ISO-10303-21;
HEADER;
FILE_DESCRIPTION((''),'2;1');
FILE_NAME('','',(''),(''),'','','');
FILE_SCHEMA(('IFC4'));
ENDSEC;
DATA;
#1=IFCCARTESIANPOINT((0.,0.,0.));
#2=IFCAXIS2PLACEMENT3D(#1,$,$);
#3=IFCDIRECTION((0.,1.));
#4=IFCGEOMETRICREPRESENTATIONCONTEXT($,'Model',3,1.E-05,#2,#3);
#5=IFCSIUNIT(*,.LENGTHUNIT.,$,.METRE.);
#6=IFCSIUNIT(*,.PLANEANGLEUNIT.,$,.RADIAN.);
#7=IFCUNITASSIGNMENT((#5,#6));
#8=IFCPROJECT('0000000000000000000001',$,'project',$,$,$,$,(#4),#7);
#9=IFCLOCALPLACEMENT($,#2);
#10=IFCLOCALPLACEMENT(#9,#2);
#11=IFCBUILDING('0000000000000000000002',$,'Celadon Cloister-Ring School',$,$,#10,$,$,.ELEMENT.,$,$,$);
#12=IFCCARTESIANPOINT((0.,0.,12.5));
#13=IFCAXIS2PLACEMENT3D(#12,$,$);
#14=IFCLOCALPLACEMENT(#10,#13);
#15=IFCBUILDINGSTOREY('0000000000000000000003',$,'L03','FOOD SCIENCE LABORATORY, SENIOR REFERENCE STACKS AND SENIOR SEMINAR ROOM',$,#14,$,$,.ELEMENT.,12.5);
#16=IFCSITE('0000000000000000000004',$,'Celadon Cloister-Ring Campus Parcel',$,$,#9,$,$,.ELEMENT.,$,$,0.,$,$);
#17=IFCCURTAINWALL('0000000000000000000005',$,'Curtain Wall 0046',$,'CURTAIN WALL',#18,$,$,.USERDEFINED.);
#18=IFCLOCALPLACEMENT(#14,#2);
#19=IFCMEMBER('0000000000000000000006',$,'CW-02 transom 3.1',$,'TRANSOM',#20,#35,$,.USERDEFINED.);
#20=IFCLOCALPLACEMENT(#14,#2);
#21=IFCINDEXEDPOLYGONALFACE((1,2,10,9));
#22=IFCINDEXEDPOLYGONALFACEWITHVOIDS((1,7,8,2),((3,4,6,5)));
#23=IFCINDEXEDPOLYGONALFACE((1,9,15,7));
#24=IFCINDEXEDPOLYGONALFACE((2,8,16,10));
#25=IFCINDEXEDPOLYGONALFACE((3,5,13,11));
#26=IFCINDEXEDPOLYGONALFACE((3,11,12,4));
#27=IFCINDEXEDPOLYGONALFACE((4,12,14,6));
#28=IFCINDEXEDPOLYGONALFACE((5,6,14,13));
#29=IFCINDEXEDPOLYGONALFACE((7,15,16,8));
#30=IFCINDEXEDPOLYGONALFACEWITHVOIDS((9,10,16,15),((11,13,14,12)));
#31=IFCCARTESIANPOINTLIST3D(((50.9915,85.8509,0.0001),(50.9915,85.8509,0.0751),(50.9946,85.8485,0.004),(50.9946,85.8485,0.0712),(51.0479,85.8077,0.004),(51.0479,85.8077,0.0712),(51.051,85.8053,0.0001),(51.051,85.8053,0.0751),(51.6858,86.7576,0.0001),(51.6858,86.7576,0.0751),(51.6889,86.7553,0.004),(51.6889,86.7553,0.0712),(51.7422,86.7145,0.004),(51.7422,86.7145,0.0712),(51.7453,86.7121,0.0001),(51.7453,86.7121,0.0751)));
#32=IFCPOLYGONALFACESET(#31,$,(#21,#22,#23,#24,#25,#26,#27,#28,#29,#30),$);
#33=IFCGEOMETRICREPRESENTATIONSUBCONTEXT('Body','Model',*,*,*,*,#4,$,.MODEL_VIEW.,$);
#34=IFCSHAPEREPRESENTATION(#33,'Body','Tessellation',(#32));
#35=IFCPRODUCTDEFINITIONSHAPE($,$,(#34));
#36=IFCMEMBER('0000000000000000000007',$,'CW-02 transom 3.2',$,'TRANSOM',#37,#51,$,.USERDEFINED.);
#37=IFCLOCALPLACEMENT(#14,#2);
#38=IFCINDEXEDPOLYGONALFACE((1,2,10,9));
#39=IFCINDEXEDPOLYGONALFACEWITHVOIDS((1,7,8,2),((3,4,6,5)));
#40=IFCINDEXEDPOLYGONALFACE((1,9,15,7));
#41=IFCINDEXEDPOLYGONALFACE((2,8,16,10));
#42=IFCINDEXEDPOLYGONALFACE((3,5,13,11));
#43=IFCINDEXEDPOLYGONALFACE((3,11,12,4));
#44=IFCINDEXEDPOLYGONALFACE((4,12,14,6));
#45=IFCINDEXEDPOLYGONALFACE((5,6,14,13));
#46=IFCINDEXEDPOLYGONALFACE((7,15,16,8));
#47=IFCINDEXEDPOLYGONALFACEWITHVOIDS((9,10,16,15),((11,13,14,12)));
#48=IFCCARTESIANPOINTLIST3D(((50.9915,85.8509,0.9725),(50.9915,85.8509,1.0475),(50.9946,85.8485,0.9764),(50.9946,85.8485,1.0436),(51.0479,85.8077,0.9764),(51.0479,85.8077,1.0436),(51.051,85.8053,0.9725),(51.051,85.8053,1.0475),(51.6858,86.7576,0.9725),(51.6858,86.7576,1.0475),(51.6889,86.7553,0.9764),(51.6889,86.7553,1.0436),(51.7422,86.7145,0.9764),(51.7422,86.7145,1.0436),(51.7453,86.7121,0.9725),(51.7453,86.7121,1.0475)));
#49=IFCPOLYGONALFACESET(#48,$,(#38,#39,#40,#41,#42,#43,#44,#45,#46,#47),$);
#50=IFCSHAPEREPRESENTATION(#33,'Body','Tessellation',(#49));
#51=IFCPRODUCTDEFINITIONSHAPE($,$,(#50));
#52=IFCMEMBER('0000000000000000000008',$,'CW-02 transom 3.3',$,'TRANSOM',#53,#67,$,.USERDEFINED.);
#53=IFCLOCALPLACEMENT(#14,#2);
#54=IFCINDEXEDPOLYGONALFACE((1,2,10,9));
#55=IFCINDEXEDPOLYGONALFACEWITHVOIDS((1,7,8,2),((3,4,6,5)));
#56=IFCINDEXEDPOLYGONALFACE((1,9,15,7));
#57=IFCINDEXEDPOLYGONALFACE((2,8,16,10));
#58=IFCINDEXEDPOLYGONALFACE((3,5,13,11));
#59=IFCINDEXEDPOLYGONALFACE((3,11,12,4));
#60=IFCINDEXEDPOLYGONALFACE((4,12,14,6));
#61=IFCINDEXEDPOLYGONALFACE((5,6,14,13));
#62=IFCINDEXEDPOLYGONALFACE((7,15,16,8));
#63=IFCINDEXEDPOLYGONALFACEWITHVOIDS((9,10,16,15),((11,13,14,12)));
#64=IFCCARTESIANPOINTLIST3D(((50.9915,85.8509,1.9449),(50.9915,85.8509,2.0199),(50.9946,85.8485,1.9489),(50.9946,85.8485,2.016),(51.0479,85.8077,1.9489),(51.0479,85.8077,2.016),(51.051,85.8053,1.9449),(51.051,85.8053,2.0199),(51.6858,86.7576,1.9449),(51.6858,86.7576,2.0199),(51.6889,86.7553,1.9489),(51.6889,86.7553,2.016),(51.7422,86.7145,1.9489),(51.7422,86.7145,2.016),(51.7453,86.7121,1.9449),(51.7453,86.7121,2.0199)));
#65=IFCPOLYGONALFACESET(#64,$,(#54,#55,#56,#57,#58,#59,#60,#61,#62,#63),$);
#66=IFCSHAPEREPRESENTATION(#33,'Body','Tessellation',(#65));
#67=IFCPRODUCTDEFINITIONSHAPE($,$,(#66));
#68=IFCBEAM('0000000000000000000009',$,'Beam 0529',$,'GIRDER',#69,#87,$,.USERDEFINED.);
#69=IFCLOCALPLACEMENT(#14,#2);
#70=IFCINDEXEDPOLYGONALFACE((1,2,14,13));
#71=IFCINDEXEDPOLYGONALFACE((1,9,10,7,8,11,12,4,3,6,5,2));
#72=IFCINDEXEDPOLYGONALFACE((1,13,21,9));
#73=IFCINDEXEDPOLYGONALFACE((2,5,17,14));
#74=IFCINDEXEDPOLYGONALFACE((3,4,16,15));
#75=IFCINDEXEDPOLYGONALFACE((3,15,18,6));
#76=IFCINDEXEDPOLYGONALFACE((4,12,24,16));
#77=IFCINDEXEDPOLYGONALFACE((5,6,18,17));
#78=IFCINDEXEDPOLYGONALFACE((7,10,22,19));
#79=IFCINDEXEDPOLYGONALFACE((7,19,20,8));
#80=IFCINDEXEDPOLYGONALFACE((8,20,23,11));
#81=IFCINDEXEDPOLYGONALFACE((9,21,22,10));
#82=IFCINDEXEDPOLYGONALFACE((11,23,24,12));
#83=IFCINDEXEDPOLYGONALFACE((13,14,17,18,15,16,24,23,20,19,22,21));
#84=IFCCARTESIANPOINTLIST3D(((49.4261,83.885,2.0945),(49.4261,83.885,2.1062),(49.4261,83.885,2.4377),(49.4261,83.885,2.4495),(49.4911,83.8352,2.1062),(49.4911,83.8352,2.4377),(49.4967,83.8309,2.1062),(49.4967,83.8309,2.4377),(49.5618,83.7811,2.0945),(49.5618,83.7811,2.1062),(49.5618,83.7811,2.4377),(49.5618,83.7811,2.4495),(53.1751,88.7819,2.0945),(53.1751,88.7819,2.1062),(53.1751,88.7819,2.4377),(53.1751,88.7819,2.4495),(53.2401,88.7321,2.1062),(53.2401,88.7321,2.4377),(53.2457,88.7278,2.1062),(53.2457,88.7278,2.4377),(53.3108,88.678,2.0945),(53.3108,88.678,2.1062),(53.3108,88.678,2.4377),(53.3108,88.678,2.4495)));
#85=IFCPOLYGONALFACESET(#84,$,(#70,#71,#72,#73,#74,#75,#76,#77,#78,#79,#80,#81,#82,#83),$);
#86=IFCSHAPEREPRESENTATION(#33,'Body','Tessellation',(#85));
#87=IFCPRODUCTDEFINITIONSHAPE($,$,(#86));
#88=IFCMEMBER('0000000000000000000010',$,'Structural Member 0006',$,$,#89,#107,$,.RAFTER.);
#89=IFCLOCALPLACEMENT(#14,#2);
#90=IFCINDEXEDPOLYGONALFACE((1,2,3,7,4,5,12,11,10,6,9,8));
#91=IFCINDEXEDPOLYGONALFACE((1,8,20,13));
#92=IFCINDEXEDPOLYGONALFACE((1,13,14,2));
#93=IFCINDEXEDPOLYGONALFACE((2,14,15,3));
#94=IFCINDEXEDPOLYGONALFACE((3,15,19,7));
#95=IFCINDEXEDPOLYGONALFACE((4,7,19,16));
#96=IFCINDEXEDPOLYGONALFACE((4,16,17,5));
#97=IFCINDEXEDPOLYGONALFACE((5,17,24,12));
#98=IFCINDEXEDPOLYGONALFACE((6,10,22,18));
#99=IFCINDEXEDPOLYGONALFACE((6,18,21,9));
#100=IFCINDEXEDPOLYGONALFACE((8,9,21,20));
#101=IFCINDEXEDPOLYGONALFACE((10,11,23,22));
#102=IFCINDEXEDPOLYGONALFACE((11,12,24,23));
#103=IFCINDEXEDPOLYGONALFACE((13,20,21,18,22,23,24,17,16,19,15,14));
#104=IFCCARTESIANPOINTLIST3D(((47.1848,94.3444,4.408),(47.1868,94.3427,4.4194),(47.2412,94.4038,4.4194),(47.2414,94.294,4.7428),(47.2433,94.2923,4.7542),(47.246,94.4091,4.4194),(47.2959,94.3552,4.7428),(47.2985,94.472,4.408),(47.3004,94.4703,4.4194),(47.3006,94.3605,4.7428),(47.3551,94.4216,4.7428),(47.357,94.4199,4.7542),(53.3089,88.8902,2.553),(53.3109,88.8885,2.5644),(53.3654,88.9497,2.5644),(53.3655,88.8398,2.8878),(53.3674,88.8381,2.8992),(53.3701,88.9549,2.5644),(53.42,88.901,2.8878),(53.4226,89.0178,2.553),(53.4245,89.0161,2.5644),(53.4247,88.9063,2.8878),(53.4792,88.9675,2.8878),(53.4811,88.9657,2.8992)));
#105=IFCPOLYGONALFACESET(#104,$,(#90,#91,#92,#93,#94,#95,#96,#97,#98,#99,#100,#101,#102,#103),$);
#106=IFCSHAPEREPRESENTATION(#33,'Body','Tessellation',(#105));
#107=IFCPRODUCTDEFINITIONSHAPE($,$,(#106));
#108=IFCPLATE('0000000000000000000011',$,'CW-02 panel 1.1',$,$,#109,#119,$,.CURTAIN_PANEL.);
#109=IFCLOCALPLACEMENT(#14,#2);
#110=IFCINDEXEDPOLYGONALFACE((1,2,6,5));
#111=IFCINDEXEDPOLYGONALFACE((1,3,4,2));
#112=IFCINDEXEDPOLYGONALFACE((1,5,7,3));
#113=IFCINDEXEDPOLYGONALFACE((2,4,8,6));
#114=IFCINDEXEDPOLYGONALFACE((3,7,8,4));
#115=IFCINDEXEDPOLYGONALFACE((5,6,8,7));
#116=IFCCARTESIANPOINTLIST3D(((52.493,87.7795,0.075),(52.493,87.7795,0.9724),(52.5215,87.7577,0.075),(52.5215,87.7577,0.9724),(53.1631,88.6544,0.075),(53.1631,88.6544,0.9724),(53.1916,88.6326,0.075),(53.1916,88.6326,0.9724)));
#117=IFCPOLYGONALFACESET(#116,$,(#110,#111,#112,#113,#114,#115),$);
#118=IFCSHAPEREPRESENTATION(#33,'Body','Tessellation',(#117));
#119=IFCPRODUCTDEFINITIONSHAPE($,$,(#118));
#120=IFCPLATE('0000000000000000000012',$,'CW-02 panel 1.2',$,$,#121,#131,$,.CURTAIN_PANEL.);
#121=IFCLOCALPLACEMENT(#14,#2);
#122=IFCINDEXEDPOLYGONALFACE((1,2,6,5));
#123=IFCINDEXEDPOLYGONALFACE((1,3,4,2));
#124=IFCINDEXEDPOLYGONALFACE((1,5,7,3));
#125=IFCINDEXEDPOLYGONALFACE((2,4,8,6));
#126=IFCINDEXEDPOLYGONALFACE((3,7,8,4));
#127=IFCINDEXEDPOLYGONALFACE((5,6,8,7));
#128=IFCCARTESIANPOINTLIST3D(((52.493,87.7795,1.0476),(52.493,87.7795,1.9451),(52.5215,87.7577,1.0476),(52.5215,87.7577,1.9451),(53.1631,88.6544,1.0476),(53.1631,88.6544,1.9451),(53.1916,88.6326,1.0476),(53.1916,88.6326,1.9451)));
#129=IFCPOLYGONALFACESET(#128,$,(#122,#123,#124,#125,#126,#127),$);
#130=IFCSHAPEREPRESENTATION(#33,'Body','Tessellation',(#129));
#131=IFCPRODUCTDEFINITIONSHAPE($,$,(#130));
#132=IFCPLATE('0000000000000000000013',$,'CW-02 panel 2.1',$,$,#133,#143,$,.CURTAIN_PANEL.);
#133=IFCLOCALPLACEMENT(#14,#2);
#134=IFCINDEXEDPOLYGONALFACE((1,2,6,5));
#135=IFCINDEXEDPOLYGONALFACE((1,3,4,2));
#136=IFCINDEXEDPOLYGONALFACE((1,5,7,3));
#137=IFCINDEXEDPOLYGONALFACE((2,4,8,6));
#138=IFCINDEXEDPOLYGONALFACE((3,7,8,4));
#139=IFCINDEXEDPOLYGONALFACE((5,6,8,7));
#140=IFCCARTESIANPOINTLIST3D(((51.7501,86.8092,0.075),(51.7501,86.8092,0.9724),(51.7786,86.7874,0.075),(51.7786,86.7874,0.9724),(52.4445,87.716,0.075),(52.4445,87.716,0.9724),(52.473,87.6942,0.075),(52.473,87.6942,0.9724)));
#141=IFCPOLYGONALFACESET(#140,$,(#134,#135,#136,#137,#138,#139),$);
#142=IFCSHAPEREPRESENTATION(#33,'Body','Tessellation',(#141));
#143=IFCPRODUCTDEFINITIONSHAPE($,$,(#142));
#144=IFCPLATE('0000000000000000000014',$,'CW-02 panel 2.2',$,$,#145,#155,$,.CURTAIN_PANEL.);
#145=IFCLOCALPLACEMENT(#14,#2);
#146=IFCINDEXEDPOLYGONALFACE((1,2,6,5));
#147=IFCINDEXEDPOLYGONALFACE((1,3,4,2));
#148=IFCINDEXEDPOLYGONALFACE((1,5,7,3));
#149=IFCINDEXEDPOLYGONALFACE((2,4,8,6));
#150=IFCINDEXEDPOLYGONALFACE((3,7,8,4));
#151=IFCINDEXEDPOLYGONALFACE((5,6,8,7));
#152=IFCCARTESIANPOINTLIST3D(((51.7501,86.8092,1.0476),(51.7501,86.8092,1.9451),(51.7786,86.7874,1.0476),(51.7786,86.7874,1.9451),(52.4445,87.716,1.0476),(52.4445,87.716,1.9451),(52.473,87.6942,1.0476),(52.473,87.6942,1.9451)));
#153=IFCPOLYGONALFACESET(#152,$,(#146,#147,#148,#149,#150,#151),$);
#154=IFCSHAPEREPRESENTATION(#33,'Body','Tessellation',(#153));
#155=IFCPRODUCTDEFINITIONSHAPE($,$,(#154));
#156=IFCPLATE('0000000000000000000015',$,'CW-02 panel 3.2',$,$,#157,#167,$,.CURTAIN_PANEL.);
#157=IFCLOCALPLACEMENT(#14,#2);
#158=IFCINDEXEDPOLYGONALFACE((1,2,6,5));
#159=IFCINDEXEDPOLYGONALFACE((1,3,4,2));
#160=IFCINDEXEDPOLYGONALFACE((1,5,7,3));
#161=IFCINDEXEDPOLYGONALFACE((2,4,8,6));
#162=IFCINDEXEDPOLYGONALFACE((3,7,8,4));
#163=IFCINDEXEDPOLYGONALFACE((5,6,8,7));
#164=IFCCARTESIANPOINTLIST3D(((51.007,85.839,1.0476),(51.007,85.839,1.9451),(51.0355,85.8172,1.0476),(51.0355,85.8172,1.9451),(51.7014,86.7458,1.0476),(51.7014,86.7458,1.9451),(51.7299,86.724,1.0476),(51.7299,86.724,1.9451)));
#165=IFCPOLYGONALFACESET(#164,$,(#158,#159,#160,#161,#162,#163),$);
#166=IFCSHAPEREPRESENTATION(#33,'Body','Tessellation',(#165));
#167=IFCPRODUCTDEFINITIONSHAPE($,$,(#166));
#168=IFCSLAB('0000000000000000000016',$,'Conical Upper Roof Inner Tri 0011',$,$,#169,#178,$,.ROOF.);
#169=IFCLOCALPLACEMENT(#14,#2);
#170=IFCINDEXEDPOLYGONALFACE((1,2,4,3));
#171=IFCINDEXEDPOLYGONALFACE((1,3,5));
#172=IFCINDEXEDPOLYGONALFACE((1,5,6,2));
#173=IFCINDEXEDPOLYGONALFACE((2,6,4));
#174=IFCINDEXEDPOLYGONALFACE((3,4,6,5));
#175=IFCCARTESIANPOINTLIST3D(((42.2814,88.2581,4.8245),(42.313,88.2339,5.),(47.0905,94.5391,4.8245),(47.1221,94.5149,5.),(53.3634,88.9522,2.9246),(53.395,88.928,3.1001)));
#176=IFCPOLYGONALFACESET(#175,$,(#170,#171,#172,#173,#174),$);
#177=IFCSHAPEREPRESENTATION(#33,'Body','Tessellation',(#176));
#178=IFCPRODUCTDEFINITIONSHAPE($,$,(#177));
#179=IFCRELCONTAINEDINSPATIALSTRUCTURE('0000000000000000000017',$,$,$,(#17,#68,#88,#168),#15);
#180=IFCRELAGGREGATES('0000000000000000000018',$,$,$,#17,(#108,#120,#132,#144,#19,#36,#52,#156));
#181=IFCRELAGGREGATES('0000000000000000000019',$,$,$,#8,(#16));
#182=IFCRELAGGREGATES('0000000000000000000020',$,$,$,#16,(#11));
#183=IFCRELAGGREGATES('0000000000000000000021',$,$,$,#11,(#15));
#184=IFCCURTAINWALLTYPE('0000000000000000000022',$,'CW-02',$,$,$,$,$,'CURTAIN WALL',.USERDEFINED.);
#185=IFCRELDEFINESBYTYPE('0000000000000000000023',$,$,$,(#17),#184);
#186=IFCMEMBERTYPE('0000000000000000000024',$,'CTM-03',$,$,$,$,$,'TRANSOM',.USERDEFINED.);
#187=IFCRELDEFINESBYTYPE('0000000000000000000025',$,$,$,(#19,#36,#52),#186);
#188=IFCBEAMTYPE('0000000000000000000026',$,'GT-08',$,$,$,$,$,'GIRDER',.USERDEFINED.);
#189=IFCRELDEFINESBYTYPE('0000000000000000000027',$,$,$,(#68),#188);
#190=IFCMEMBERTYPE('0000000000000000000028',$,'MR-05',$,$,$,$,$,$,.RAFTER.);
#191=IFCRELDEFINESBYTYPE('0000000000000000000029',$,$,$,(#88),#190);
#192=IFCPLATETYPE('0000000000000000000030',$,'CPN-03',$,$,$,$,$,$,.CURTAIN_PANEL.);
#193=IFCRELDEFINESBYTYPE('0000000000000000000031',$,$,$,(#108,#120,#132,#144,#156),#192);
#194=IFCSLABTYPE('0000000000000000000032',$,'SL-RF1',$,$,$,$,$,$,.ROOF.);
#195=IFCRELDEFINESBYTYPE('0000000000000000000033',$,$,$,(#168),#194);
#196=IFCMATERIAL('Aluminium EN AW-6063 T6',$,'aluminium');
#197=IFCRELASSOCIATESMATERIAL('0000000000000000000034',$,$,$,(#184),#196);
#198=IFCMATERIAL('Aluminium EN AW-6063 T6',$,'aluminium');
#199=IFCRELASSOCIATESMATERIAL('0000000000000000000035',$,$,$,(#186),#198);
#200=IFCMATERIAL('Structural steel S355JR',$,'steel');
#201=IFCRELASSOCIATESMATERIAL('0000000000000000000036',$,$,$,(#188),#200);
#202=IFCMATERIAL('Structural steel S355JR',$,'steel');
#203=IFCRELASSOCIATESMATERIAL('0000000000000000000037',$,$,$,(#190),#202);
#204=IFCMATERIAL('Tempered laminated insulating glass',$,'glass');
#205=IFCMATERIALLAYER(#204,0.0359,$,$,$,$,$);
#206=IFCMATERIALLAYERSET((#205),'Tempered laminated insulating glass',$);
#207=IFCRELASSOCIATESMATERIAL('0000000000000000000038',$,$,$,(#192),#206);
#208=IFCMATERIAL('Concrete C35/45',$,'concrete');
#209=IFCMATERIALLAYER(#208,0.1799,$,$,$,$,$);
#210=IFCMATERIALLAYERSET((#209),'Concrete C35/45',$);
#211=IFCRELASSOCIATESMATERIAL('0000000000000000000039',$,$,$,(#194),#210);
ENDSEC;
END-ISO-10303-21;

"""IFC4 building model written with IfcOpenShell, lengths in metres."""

from ifc_helpers import new_model, si_unit, direction, frame, origin, origin_2d, place, context, subcontext, project, spatial, polyline, rectangle, hollow_rectangle, i_section, outline, extrude, material, layer, layer_set, material_profile, profile_set, type_object, element, aggregate, save


model = new_model("IFC4")

# Units and contexts
model_context = context("Model", 3, precision=1e-05, world=origin(), true_north=direction((0.0, 1.0)))
body_context = subcontext(model_context, "Body", "Model", "MODEL_VIEW")
ifc_project = project(units=[si_unit("LENGTHUNIT", "METRE"), si_unit("PLANEANGLEUNIT", "RADIAN")], contexts=[model_context])

# Site, building, storey
site_placement = place(None, origin())
site = spatial("IfcSite", under=ifc_project, at=site_placement, Name="Celadon Cloister-Ring Campus Parcel", CompositionType="ELEMENT", RefElevation=0.0)
building_placement = place(site_placement, origin())
building = spatial("IfcBuilding", under=site, at=building_placement, Name="Celadon Cloister-Ring School", CompositionType="ELEMENT")
storey_placement = place(building_placement, frame((0.0, 0.0, 12.5)))
storey = spatial("IfcBuildingStorey", under=building, at=storey_placement, Name="L03", Description="FOOD SCIENCE LABORATORY, SENIOR REFERENCE STACKS AND SENIOR SEMINAR ROOM", CompositionType="ELEMENT", Elevation=12.5)

# Shared definitions
ifc_material_1 = material(Name="Aluminium EN AW-6063 T6", Category="aluminium")
curtain_wall_type = type_object("IfcCurtainWallType", Name="CW-02", ElementType="CURTAIN WALL", PredefinedType="USERDEFINED", material=ifc_material_1)

# Curtain wall, members
curtain_wall_1_placement = place(storey_placement, origin())
curtain_wall_1 = element("IfcCurtainWall", 1, at=curtain_wall_1_placement, inside=storey, type_object=curtain_wall_type, Name="Curtain Wall 0046", ObjectType="CURTAIN WALL", PredefinedType="USERDEFINED")
ifc_material_2 = material(Name="Aluminium EN AW-6063 T6", Category="aluminium")
ifc_material_profile_1 = material_profile(ifc_material_2, hollow_rectangle(XDim=0.075, YDim=0.075, WallThickness=0.0039, at=origin_2d()), Name="RHS75X75X4")
ifc_profile_set_1 = profile_set([ifc_material_profile_1], Name="Aluminium EN AW-6063 T6")
member_type_1 = type_object("IfcMemberType", Name="CTM-03", ElementType="TRANSOM", PredefinedType="USERDEFINED", material=ifc_profile_set_1)
member_1_placement = place(storey_placement, frame((51.7156, 86.7349, 0.0376), z_axis=(-0.607974, -0.793957, 0.0), x_axis=(0.793957, -0.607974, 0.0)))
member_1 = element("IfcMember", 2, at=member_1_placement, type_object=member_type_1, Name="CW-02 transom 3.1", ObjectType="TRANSOM", PredefinedType="USERDEFINED", context=body_context, shape_type="SweptSolid", body=[
    extrude(hollow_rectangle(XDim=0.075, YDim=0.075, WallThickness=0.0039, at=origin_2d()), origin(), (0.0, 0.0, 1.0), 1.1421),
])
member_2_placement = place(storey_placement, frame((51.7156, 86.7349, 1.01), z_axis=(-0.607974, -0.793957, 0.0), x_axis=(0.793957, -0.607974, 0.0)))
member_2 = element("IfcMember", 3, at=member_2_placement, type_object=member_type_1, Name="CW-02 transom 3.2", ObjectType="TRANSOM", PredefinedType="USERDEFINED", context=body_context, shape_type="SweptSolid", body=[
    extrude(hollow_rectangle(XDim=0.075, YDim=0.075, WallThickness=0.0039, at=origin_2d()), origin(), (0.0, 0.0, 1.0), 1.1421),
])
member_3_placement = place(storey_placement, frame((51.7156, 86.7349, 1.9824), z_axis=(-0.607974, -0.793957, 0.0), x_axis=(0.793957, -0.607974, 0.0)))
member_3 = element("IfcMember", 4, at=member_3_placement, type_object=member_type_1, Name="CW-02 transom 3.3", ObjectType="TRANSOM", PredefinedType="USERDEFINED", context=body_context, shape_type="SweptSolid", body=[
    extrude(hollow_rectangle(XDim=0.075, YDim=0.075, WallThickness=0.0039, at=origin_2d()), origin(), (0.0, 0.0, 1.0), 1.1421),
])

# Beam
ifc_material_3 = material(Name="Structural steel S355JR", Category="steel")
ifc_material_profile_2 = material_profile(ifc_material_3, i_section(OverallWidth=0.1709, OverallDepth=0.355, WebThickness=0.0071, FlangeThickness=0.0117, at=origin_2d()), Name="W360X51")
ifc_profile_set_2 = profile_set([ifc_material_profile_2], Name="Structural steel S355JR")
beam_type = type_object("IfcBeamType", Name="GT-08", ElementType="GIRDER", PredefinedType="USERDEFINED", material=ifc_profile_set_2)
beam_placement = place(storey_placement, frame((53.2429, 88.73, 2.272), z_axis=(-0.607888, -0.794023, 0.0), x_axis=(0.794023, -0.607888, 0.0)))
element("IfcBeam", 5, at=beam_placement, inside=storey, type_object=beam_type, Name="Beam 0529", ObjectType="GIRDER", PredefinedType="USERDEFINED", context=body_context, shape_type="SweptSolid", body=[
    extrude(i_section(OverallWidth=0.1709, OverallDepth=0.355, WebThickness=0.0071, FlangeThickness=0.0117, at=origin_2d()), origin(), (0.0, 0.0, 1.0), 6.1672),
])

# Member
ifc_material_4 = material(Name="Structural steel S355JR", Category="steel")
ifc_material_profile_3 = material_profile(ifc_material_4, i_section(OverallWidth=0.1709, OverallDepth=0.355, WebThickness=0.0071, FlangeThickness=0.0117, at=origin_2d()), Name="W360X51")
ifc_profile_set_3 = profile_set([ifc_material_profile_3], Name="Structural steel S355JR")
member_type_2 = type_object("IfcMemberType", Name="MR-05", PredefinedType="RAFTER", material=ifc_profile_set_3)
member_4_placement = place(storey_placement, frame((53.395, 88.928, 2.7261), z_axis=(-0.72837, 0.648692, 0.220625), x_axis=(-0.66508, -0.746772, 0.0)))
element("IfcMember", 6, at=member_4_placement, inside=storey, type_object=member_type_2, Name="Structural Member 0006", PredefinedType="RAFTER", context=body_context, shape_type="SweptSolid", body=[
    extrude(i_section(OverallWidth=0.1709, OverallDepth=0.355, WebThickness=0.0071, FlangeThickness=0.0117, at=origin_2d()), origin(), (0.0, 0.0, 1.0), 8.408),
])

# Plates
ifc_material_5 = material(Name="Tempered laminated insulating glass", Category="glass")
ifc_layer_1 = layer(ifc_material_5, 0.0359)
ifc_layer_set_1 = layer_set([ifc_layer_1], Name="Tempered laminated insulating glass")
plate_type = type_object("IfcPlateType", Name="CPN-03", PredefinedType="CURTAIN_PANEL", material=ifc_layer_set_1)
plate_1_placement = place(storey_placement, frame((52.8423, 88.2061, 0.075), z_axis=(0.0, 0.0, 1.0), x_axis=(-0.608009, -0.79393, 0.0)))
plate_1 = element("IfcPlate", 7, at=plate_1_placement, type_object=plate_type, Name="CW-02 panel 1.1", PredefinedType="CURTAIN_PANEL", context=body_context, shape_type="SweptSolid", body=[
    extrude(rectangle(XDim=1.1021, YDim=0.0359, at=origin_2d()), origin(), (0.0, 0.0, 1.0), 0.8975),
])
plate_2_placement = place(storey_placement, frame((52.8423, 88.2061, 1.0476), z_axis=(0.0, 0.0, 1.0), x_axis=(-0.608009, -0.79393, 0.0)))
plate_2 = element("IfcPlate", 8, at=plate_2_placement, type_object=plate_type, Name="CW-02 panel 1.2", PredefinedType="CURTAIN_PANEL", context=body_context, shape_type="SweptSolid", body=[
    extrude(rectangle(XDim=1.1021, YDim=0.0359, at=origin_2d()), origin(), (0.0, 0.0, 1.0), 0.8975),
])
plate_3_placement = place(storey_placement, frame((52.1116, 87.2517, 0.075), z_axis=(0.0, 0.0, 1.0), x_axis=(-0.608009, -0.79393, 0.0)))
plate_3 = element("IfcPlate", 9, at=plate_3_placement, type_object=plate_type, Name="CW-02 panel 2.1", PredefinedType="CURTAIN_PANEL", context=body_context, shape_type="SweptSolid", body=[
    extrude(rectangle(XDim=1.1421, YDim=0.0359, at=origin_2d()), origin(), (0.0, 0.0, 1.0), 0.8975),
])
plate_4_placement = place(storey_placement, frame((52.1116, 87.2517, 1.0476), z_axis=(0.0, 0.0, 1.0), x_axis=(-0.608009, -0.79393, 0.0)))
plate_4 = element("IfcPlate", 10, at=plate_4_placement, type_object=plate_type, Name="CW-02 panel 2.2", PredefinedType="CURTAIN_PANEL", context=body_context, shape_type="SweptSolid", body=[
    extrude(rectangle(XDim=1.1421, YDim=0.0359, at=origin_2d()), origin(), (0.0, 0.0, 1.0), 0.8975),
])
plate_5_placement = place(storey_placement, frame((51.3684, 86.2815, 1.0476), z_axis=(0.0, 0.0, 1.0), x_axis=(-0.608009, -0.79393, 0.0)))
plate_5 = element("IfcPlate", 11, at=plate_5_placement, type_object=plate_type, Name="CW-02 panel 3.2", PredefinedType="CURTAIN_PANEL", context=body_context, shape_type="SweptSolid", body=[
    extrude(rectangle(XDim=1.1421, YDim=0.0359, at=origin_2d()), origin(), (0.0, 0.0, 1.0), 0.8975),
])
aggregate(curtain_wall_1, [plate_1, plate_2, plate_3, plate_4, member_1, member_2, member_3, plate_5])

# Slab
ifc_material_6 = material(Name="Concrete C35/45", Category="concrete")
ifc_layer_2 = layer(ifc_material_6, 0.1799)
ifc_layer_set_2 = layer_set([ifc_layer_2], Name="Concrete C35/45")
slab_type = type_object("IfcSlabType", Name="SL-RF1", PredefinedType="ROOF", material=ifc_layer_set_2)
slab_1_placement = place(storey_placement, frame((53.395, 88.928, 3.1001), z_axis=(0.175615, -0.134461, 0.975233), x_axis=(-0.728364, 0.648707, 0.220601)))
element("IfcSlab", 12, at=slab_1_placement, inside=storey, type_object=slab_type, Name="Conical Upper Roof Inner Tri 0011", PredefinedType="ROOF", context=body_context, shape_type="SweptSolid", body=[
    extrude(outline(polyline([(0.0, 0.0), (8.6124, 0.0), (8.0406, 7.89), (0.0, 0.0)])), origin(), (0.0, 0.0, -1.0), 0.1799),
])

save(model, "model.ifc")
